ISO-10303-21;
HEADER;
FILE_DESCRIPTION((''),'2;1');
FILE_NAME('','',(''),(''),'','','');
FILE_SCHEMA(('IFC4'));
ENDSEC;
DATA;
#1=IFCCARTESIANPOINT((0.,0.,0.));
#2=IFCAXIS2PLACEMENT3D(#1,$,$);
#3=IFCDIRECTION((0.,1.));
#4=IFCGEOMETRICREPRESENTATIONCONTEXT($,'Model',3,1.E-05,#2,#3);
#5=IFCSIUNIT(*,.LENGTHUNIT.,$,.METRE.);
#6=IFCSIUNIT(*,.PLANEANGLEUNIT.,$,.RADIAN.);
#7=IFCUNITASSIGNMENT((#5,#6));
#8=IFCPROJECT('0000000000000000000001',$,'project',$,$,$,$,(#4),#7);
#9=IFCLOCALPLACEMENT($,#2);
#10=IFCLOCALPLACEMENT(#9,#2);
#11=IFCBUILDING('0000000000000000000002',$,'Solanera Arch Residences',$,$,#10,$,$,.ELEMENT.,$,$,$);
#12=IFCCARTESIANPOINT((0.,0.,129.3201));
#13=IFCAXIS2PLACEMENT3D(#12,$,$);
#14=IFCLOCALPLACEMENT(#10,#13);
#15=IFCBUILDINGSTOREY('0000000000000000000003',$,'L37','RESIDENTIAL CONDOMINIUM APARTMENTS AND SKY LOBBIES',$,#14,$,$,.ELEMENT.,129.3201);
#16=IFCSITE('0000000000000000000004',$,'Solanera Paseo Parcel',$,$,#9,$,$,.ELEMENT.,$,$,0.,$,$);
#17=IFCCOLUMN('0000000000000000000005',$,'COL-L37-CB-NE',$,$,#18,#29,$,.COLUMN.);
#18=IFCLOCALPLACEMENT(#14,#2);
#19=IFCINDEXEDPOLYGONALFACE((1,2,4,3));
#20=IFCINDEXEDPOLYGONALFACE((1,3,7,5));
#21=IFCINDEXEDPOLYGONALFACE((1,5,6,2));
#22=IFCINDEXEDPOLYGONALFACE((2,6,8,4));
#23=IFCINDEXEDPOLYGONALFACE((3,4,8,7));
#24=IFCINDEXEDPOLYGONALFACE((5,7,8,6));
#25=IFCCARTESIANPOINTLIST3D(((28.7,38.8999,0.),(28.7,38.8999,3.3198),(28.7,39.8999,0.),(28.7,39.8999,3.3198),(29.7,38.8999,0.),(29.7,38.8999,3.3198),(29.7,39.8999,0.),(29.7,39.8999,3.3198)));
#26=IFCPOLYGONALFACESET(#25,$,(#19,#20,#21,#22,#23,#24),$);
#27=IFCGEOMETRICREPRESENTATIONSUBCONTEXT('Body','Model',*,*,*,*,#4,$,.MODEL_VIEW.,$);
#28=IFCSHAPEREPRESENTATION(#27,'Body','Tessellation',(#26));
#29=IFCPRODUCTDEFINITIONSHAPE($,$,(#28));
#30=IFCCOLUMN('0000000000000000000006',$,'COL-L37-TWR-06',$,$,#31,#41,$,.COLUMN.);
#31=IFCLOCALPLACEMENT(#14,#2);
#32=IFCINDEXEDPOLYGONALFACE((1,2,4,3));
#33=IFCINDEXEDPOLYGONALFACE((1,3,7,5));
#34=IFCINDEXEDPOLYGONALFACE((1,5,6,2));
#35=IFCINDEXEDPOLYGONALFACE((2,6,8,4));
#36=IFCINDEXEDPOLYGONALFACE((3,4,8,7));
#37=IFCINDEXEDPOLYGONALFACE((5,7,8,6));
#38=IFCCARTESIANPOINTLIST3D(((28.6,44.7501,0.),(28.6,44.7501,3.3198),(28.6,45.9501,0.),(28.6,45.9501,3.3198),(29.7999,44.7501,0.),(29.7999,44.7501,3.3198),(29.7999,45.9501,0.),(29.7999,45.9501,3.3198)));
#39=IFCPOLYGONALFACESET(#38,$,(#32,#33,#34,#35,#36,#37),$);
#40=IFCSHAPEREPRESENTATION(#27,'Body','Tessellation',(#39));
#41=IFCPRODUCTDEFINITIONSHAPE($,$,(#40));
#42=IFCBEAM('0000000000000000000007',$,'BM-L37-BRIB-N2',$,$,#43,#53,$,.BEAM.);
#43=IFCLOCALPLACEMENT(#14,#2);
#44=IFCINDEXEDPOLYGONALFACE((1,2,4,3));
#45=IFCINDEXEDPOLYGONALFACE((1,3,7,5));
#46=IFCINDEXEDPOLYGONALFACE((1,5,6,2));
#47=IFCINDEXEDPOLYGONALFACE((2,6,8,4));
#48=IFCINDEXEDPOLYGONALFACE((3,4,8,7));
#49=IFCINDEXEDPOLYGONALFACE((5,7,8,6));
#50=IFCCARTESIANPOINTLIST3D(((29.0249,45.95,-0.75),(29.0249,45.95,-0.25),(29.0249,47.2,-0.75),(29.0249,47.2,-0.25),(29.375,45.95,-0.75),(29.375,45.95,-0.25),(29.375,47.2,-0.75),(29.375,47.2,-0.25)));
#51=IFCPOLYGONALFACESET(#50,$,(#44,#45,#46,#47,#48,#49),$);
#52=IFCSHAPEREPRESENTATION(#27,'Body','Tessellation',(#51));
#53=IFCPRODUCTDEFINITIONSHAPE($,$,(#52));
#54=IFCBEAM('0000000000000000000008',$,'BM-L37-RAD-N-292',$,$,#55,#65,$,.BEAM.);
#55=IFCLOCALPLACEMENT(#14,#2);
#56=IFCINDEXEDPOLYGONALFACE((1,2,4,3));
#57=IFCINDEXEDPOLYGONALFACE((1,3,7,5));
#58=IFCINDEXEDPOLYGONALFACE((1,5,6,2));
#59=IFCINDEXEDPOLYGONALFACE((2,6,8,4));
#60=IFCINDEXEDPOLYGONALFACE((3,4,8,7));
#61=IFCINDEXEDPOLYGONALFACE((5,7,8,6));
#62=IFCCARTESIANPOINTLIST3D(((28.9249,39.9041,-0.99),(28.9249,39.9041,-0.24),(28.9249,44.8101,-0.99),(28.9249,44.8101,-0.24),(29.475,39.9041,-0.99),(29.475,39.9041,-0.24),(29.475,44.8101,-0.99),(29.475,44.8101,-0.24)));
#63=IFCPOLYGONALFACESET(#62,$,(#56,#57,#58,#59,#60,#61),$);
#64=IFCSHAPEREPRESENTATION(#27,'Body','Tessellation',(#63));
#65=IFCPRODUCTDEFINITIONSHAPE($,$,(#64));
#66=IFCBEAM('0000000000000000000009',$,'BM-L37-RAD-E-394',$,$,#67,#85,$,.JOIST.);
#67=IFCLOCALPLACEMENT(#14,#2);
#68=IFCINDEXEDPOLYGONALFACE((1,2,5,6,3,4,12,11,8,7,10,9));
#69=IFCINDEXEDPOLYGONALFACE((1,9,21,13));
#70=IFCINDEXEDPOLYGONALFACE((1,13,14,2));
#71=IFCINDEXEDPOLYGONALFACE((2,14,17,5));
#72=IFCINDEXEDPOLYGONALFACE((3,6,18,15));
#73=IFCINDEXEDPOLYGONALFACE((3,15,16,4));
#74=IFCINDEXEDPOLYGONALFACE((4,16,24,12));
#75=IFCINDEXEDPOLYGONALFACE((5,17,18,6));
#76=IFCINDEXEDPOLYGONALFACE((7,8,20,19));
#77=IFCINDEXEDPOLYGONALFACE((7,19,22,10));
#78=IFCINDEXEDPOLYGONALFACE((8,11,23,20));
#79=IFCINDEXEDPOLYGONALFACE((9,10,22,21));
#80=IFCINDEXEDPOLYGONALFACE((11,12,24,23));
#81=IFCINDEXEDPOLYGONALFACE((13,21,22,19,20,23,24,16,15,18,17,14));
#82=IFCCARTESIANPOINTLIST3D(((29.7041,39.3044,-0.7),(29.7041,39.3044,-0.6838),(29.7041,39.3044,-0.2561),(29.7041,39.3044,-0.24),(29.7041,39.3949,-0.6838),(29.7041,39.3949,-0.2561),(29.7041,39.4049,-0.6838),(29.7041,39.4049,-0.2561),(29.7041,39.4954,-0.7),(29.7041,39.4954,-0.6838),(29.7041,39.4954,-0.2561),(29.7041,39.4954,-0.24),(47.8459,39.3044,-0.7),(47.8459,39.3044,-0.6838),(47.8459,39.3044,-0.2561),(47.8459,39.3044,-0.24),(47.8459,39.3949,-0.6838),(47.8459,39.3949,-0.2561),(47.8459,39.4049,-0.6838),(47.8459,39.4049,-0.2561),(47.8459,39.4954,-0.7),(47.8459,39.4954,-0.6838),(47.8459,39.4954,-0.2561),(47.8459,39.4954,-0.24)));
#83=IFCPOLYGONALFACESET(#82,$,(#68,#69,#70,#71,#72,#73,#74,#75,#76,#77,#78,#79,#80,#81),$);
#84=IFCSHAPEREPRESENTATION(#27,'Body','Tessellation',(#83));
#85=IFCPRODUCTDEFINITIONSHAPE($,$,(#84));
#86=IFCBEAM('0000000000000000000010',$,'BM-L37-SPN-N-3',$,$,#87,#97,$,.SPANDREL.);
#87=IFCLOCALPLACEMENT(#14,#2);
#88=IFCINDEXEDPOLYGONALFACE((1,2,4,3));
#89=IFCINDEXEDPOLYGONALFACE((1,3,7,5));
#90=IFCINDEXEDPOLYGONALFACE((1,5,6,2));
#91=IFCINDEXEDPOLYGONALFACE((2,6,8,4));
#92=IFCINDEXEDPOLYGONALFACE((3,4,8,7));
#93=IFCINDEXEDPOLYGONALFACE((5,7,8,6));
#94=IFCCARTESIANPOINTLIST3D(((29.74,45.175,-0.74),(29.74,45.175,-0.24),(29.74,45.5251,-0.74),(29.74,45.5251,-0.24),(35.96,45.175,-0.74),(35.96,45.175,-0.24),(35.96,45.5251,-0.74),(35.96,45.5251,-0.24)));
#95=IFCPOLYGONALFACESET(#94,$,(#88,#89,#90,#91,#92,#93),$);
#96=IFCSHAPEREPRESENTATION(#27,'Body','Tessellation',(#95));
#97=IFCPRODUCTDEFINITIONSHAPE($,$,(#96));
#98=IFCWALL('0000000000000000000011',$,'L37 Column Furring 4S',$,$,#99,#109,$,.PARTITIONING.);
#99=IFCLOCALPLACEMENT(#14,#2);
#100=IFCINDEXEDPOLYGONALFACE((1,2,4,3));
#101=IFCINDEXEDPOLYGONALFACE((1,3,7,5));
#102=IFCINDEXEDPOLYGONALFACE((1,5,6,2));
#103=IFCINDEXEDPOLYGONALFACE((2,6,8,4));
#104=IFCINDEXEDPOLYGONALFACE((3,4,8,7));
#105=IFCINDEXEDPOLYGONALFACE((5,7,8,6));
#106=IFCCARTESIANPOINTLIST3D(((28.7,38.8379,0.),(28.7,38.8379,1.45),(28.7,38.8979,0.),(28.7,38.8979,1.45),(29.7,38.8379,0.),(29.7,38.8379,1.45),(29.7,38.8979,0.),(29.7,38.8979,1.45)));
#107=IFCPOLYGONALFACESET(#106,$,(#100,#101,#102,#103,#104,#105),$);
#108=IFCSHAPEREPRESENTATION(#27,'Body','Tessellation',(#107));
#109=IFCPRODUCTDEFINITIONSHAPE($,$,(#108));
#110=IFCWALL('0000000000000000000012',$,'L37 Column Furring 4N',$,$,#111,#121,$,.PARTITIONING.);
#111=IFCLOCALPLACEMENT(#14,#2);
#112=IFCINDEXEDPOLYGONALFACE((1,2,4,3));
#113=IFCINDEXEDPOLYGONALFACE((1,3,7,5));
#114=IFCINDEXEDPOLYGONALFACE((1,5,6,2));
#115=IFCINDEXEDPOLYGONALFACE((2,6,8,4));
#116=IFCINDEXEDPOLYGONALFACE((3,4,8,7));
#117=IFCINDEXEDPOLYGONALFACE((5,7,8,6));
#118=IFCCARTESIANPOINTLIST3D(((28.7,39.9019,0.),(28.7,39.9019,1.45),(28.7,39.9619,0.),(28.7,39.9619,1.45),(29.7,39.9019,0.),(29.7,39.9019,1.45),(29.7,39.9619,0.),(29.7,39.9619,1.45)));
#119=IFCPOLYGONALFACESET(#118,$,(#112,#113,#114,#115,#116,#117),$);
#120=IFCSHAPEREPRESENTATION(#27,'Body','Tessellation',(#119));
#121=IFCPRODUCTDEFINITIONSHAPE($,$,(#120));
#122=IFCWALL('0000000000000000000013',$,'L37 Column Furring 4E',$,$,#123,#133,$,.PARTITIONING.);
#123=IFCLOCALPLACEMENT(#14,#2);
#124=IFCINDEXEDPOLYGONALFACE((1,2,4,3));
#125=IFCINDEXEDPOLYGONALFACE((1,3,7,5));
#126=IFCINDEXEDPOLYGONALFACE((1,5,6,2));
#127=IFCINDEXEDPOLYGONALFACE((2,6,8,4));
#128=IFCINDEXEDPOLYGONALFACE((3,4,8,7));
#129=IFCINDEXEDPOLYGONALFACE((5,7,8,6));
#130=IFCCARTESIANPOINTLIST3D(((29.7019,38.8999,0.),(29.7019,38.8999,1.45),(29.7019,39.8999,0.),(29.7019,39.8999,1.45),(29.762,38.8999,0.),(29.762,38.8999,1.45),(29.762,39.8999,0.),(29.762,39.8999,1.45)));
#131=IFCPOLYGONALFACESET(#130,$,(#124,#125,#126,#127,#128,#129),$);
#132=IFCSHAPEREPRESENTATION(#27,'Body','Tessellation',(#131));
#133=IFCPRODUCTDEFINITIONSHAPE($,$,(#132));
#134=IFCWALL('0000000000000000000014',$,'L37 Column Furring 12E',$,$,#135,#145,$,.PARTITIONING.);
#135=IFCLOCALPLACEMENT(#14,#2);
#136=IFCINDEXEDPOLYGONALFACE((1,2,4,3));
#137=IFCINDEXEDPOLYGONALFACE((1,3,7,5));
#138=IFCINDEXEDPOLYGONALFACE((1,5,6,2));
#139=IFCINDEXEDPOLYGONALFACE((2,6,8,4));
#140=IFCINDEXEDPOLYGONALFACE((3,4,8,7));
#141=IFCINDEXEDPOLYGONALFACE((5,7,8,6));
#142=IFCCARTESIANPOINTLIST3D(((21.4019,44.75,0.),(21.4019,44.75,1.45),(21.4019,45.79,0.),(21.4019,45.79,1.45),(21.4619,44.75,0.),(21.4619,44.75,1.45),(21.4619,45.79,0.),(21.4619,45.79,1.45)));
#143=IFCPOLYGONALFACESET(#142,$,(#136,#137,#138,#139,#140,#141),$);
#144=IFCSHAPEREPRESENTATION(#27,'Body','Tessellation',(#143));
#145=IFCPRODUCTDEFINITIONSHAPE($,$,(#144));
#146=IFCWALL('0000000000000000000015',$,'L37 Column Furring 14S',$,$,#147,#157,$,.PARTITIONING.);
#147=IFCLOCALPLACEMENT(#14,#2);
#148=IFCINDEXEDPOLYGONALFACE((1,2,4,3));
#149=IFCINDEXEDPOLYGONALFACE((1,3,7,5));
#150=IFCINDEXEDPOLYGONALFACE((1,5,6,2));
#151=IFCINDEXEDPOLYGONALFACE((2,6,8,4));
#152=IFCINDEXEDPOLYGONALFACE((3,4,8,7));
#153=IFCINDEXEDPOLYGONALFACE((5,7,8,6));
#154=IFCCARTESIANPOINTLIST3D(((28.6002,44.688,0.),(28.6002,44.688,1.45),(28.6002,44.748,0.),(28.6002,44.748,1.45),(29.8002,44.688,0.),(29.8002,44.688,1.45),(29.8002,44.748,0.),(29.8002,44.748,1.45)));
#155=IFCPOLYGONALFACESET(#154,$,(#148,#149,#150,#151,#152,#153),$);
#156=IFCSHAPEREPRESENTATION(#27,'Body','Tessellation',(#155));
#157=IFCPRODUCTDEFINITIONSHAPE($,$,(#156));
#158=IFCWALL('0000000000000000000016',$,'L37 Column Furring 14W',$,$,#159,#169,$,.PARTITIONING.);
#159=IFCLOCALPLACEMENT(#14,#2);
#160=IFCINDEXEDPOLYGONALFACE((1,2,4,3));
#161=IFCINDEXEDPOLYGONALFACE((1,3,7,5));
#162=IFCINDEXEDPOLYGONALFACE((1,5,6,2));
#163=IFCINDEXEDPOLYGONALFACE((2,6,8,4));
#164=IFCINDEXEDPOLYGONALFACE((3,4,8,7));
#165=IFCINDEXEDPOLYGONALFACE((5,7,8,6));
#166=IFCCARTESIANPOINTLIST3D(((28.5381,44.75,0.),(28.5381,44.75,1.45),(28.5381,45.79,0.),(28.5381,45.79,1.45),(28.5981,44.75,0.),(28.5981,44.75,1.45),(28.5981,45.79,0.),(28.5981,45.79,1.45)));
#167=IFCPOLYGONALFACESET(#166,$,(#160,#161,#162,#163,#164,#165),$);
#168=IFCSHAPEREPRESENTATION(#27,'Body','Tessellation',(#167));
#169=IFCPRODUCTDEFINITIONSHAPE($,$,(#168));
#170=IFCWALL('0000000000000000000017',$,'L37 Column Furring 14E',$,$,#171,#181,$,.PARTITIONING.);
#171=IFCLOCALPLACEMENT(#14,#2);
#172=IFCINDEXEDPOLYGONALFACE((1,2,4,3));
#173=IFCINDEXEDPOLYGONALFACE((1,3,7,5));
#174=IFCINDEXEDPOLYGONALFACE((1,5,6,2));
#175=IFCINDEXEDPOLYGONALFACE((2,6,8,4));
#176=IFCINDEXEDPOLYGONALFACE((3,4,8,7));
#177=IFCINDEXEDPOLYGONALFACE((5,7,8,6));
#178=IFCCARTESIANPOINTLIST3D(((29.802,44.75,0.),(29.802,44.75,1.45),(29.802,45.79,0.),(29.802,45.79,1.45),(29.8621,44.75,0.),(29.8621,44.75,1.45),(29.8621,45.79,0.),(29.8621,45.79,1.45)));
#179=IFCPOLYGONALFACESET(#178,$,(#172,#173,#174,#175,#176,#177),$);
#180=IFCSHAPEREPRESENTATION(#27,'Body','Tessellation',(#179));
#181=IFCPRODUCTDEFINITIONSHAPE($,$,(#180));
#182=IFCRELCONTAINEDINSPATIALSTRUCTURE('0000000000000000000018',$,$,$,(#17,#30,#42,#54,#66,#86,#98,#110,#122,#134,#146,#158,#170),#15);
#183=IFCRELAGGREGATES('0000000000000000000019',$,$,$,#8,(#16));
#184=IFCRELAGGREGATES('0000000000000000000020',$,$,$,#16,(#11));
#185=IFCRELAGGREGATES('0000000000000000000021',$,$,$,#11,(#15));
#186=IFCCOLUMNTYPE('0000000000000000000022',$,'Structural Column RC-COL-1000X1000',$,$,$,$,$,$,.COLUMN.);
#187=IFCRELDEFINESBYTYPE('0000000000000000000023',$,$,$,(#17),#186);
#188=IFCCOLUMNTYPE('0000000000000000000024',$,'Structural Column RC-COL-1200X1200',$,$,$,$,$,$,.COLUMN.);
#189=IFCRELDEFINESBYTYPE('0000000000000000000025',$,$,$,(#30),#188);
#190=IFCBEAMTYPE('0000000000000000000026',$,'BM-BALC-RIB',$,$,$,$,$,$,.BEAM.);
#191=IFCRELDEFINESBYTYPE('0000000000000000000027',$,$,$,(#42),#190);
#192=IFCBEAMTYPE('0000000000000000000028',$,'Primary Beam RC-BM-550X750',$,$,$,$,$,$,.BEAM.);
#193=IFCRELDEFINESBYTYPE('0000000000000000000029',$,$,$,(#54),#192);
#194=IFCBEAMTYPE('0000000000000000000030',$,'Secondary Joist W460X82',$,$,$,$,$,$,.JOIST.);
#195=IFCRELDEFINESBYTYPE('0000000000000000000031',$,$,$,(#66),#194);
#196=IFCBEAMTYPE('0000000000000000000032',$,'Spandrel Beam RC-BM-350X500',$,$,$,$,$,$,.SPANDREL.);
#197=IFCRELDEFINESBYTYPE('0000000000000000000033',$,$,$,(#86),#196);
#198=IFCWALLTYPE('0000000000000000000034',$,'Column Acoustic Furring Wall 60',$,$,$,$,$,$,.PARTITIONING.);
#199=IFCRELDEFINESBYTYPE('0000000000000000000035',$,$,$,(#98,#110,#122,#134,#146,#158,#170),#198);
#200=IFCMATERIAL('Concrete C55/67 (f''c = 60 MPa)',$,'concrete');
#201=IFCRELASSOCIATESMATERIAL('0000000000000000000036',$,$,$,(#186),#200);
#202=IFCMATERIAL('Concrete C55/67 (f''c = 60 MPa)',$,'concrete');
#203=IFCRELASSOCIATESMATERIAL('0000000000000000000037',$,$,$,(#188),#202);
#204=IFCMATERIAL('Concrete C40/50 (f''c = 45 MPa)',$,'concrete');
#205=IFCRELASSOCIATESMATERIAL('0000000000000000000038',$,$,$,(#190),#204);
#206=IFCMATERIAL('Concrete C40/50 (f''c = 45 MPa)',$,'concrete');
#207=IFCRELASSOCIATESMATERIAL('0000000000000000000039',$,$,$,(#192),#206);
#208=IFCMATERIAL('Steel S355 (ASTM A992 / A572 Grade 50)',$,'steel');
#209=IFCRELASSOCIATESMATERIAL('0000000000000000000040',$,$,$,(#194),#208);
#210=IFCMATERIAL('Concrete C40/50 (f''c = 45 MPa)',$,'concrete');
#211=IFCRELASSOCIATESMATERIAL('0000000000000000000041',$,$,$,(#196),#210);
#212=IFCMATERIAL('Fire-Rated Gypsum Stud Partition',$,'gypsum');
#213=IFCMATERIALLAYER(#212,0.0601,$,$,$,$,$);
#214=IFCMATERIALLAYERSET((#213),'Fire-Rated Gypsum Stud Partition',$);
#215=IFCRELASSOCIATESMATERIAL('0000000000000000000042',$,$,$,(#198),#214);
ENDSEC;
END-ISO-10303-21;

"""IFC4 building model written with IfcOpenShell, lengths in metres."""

from ifc_helpers import new_model, si_unit, direction, frame, frame_2d, origin, origin_2d, place, context, subcontext, project, spatial, rectangle, i_section, extrude, material, layer, layer_set, material_profile, profile_set, type_object, element, save


model = new_model("IFC4")

# Units and contexts
model_context = context("Model", 3, precision=1e-05, world=origin(), true_north=direction((0.0, 1.0)))
body_context = subcontext(model_context, "Body", "Model", "MODEL_VIEW")
ifc_project = project(units=[si_unit("LENGTHUNIT", "METRE"), si_unit("PLANEANGLEUNIT", "RADIAN")], contexts=[model_context])

# Site, building, storey
site_placement = place(None, origin())
site = spatial("IfcSite", under=ifc_project, at=site_placement, Name="Solanera Paseo Parcel", CompositionType="ELEMENT", RefElevation=0.0)
building_placement = place(site_placement, origin())
building = spatial("IfcBuilding", under=site, at=building_placement, Name="Solanera Arch Residences", CompositionType="ELEMENT")
storey_placement = place(building_placement, frame((0.0, 0.0, 129.3201)))
storey = spatial("IfcBuildingStorey", under=building, at=storey_placement, Name="L37", Description="RESIDENTIAL CONDOMINIUM APARTMENTS AND SKY LOBBIES", CompositionType="ELEMENT", Elevation=129.3201)

# Columns
ifc_material_1 = material(Name="Concrete C55/67 (f'c = 60 MPa)", Category="concrete")
ifc_material_profile_1 = material_profile(ifc_material_1, rectangle(XDim=1.0, YDim=1.0, at=origin_2d()))
ifc_profile_set_1 = profile_set([ifc_material_profile_1], Name="Concrete C55/67 (f'c = 60 MPa)")
column_type_1 = type_object("IfcColumnType", Name="Structural Column RC-COL-1000X1000", PredefinedType="COLUMN", material=ifc_profile_set_1)
column_1_placement = place(storey_placement, frame((29.2, 39.3999, 0.0), z_axis=(0.0, 0.0, 1.0), x_axis=(1.0, 0.0, 0.0)))
element("IfcColumn", 1, at=column_1_placement, inside=storey, type_object=column_type_1, Name="COL-L37-CB-NE", PredefinedType="COLUMN", context=body_context, shape_type="SweptSolid", body=[
    extrude(rectangle(XDim=1.0, YDim=1.0, at=origin_2d()), origin(), (0.0, 0.0, 1.0), 3.3198),
])
ifc_material_2 = material(Name="Concrete C55/67 (f'c = 60 MPa)", Category="concrete")
ifc_material_profile_2 = material_profile(ifc_material_2, rectangle(XDim=1.2, YDim=1.2, at=origin_2d()))
ifc_profile_set_2 = profile_set([ifc_material_profile_2], Name="Concrete C55/67 (f'c = 60 MPa)")
column_type_2 = type_object("IfcColumnType", Name="Structural Column RC-COL-1200X1200", PredefinedType="COLUMN", material=ifc_profile_set_2)
column_2_placement = place(storey_placement, frame((29.2, 45.3501, 0.0), z_axis=(0.0, 0.0, 1.0), x_axis=(1.0, 0.0, 0.0)))
element("IfcColumn", 2, at=column_2_placement, inside=storey, type_object=column_type_2, Name="COL-L37-TWR-06", PredefinedType="COLUMN", context=body_context, shape_type="SweptSolid", body=[
    extrude(rectangle(XDim=1.2, YDim=1.2, at=origin_2d()), origin(), (0.0, 0.0, 1.0), 3.3198),
])

# Beams
ifc_material_3 = material(Name="Concrete C40/50 (f'c = 45 MPa)", Category="concrete")
ifc_material_profile_3 = material_profile(ifc_material_3, rectangle(XDim=0.3501, YDim=0.5, at=origin_2d()))
ifc_profile_set_3 = profile_set([ifc_material_profile_3], Name="Concrete C40/50 (f'c = 45 MPa)")
beam_type_1 = type_object("IfcBeamType", Name="BM-BALC-RIB", PredefinedType="BEAM", material=ifc_profile_set_3)
beam_1_placement = place(storey_placement, frame((29.2, 45.95, -0.5), z_axis=(0.0, 1.0, 0.0), x_axis=(-1.0, 0.0, 0.0)))
element("IfcBeam", 3, at=beam_1_placement, inside=storey, type_object=beam_type_1, Name="BM-L37-BRIB-N2", PredefinedType="BEAM", context=body_context, shape_type="SweptSolid", body=[
    extrude(rectangle(XDim=0.3501, YDim=0.5, at=origin_2d()), origin(), (0.0, 0.0, 1.0), 1.25),
])
ifc_material_4 = material(Name="Concrete C40/50 (f'c = 45 MPa)", Category="concrete")
ifc_material_profile_4 = material_profile(ifc_material_4, rectangle(XDim=0.55, YDim=0.75, at=origin_2d()))
ifc_profile_set_4 = profile_set([ifc_material_profile_4], Name="Concrete C40/50 (f'c = 45 MPa)")
beam_type_2 = type_object("IfcBeamType", Name="Primary Beam RC-BM-550X750", PredefinedType="BEAM", material=ifc_profile_set_4)
beam_2_placement = place(storey_placement, frame((29.2, 39.9041, -0.615), z_axis=(0.0, 1.0, 0.0), x_axis=(-1.0, 0.0, 0.0)))
element("IfcBeam", 4, at=beam_2_placement, inside=storey, type_object=beam_type_2, Name="BM-L37-RAD-N-292", PredefinedType="BEAM", context=body_context, shape_type="SweptSolid", body=[
    extrude(rectangle(XDim=0.55, YDim=0.75, at=origin_2d()), origin(), (0.0, 0.0, 1.0), 4.906),
])
ifc_material_5 = material(Name="Steel S355 (ASTM A992 / A572 Grade 50)", Category="steel")
ifc_material_profile_5 = material_profile(ifc_material_5, i_section(OverallWidth=0.1909, OverallDepth=0.46, WebThickness=0.01, FlangeThickness=0.0161, at=origin_2d()))
ifc_profile_set_5 = profile_set([ifc_material_profile_5], Name="Steel S355 (ASTM A992 / A572 Grade 50)")
beam_type_3 = type_object("IfcBeamType", Name="Secondary Joist W460X82", PredefinedType="JOIST", material=ifc_profile_set_5)
beam_3_placement = place(storey_placement, frame((29.7041, 39.3999, -0.47), z_axis=(1.0, 0.0, 0.0), x_axis=(0.0, 1.0, 0.0)))
element("IfcBeam", 5, at=beam_3_placement, inside=storey, type_object=beam_type_3, Name="BM-L37-RAD-E-394", PredefinedType="JOIST", context=body_context, shape_type="SweptSolid", body=[
    extrude(i_section(OverallWidth=0.1909, OverallDepth=0.46, WebThickness=0.01, FlangeThickness=0.0161, at=origin_2d()), origin(), (0.0, 0.0, 1.0), 18.1418),
])
ifc_material_6 = material(Name="Concrete C40/50 (f'c = 45 MPa)", Category="concrete")
ifc_material_profile_6 = material_profile(ifc_material_6, rectangle(XDim=0.3501, YDim=0.5, at=origin_2d()))
ifc_profile_set_6 = profile_set([ifc_material_profile_6], Name="Concrete C40/50 (f'c = 45 MPa)")
beam_type_4 = type_object("IfcBeamType", Name="Spandrel Beam RC-BM-350X500", PredefinedType="SPANDREL", material=ifc_profile_set_6)
beam_4_placement = place(storey_placement, frame((29.74, 45.3501, -0.49), z_axis=(1.0, 0.0, 0.0), x_axis=(0.0, 1.0, 0.0)))
element("IfcBeam", 6, at=beam_4_placement, inside=storey, type_object=beam_type_4, Name="BM-L37-SPN-N-3", PredefinedType="SPANDREL", context=body_context, shape_type="SweptSolid", body=[
    extrude(rectangle(XDim=0.3501, YDim=0.5, at=origin_2d()), origin(), (0.0, 0.0, 1.0), 6.22),
])

# Walls
ifc_material_7 = material(Name="Fire-Rated Gypsum Stud Partition", Category="gypsum")
ifc_layer_1 = layer(ifc_material_7, 0.0601)
ifc_layer_set_1 = layer_set([ifc_layer_1], Name="Fire-Rated Gypsum Stud Partition")
wall_type_1 = type_object("IfcWallType", Name="Column Acoustic Furring Wall 60", PredefinedType="PARTITIONING", material=ifc_layer_set_1)
for number, where, z_axis, x_axis, name in (
    (7, (28.7, 38.8679, 0.0), (0.0, 0.0, 1.0), (1.0, 0.0, 0.0), "L37 Column Furring 4S"),
    (8, (28.7, 39.9319, 0.0), (0.0, 0.0, 1.0), (1.0, 0.0, 0.0), "L37 Column Furring 4N"),
    (9, (29.7319, 38.8999, 0.0), (0.0, 0.0, 1.0), (0.0, 1.0, 0.0), "L37 Column Furring 4E"),
):
    element("IfcWall", number, at=place(storey_placement, frame(where, z_axis=z_axis, x_axis=x_axis)), inside=storey, type_object=wall_type_1, Name=name, PredefinedType="PARTITIONING", context=body_context, shape_type="SweptSolid", body=[
        extrude(rectangle(XDim=1.0, YDim=0.0601, at=frame_2d((0.5, 0.0))), origin(), (0.0, 0.0, 1.0), 1.45),
    ])
wall_1_placement = place(storey_placement, frame((21.4319, 44.75, 0.0), z_axis=(0.0, 0.0, 1.0), x_axis=(0.0, 1.0, 0.0)))
element("IfcWall", 10, at=wall_1_placement, inside=storey, type_object=wall_type_1, Name="L37 Column Furring 12E", PredefinedType="PARTITIONING", context=body_context, shape_type="SweptSolid", body=[
    extrude(rectangle(XDim=1.04, YDim=0.0601, at=frame_2d((0.52, 0.0))), origin(), (0.0, 0.0, 1.0), 1.45),
])
wall_2_placement = place(storey_placement, frame((28.6001, 44.718, 0.0), z_axis=(0.0, 0.0, 1.0), x_axis=(1.0, 0.0, 0.0)))
element("IfcWall", 11, at=wall_2_placement, inside=storey, type_object=wall_type_1, Name="L37 Column Furring 14S", PredefinedType="PARTITIONING", context=body_context, shape_type="SweptSolid", body=[
    extrude(rectangle(XDim=1.2, YDim=0.0601, at=frame_2d((0.6001, 0.0))), origin(), (0.0, 0.0, 1.0), 1.45),
])
for number, where, z_axis, x_axis, name in (
    (12, (28.5681, 44.75, 0.0), (0.0, 0.0, 1.0), (0.0, 1.0, 0.0), "L37 Column Furring 14W"),
    (13, (29.832, 44.75, 0.0), (0.0, 0.0, 1.0), (0.0, 1.0, 0.0), "L37 Column Furring 14E"),
):
    element("IfcWall", number, at=place(storey_placement, frame(where, z_axis=z_axis, x_axis=x_axis)), inside=storey, type_object=wall_type_1, Name=name, PredefinedType="PARTITIONING", context=body_context, shape_type="SweptSolid", body=[
        extrude(rectangle(XDim=1.04, YDim=0.0601, at=frame_2d((0.52, 0.0))), origin(), (0.0, 0.0, 1.0), 1.45),
    ])

save(model, "model.ifc")
